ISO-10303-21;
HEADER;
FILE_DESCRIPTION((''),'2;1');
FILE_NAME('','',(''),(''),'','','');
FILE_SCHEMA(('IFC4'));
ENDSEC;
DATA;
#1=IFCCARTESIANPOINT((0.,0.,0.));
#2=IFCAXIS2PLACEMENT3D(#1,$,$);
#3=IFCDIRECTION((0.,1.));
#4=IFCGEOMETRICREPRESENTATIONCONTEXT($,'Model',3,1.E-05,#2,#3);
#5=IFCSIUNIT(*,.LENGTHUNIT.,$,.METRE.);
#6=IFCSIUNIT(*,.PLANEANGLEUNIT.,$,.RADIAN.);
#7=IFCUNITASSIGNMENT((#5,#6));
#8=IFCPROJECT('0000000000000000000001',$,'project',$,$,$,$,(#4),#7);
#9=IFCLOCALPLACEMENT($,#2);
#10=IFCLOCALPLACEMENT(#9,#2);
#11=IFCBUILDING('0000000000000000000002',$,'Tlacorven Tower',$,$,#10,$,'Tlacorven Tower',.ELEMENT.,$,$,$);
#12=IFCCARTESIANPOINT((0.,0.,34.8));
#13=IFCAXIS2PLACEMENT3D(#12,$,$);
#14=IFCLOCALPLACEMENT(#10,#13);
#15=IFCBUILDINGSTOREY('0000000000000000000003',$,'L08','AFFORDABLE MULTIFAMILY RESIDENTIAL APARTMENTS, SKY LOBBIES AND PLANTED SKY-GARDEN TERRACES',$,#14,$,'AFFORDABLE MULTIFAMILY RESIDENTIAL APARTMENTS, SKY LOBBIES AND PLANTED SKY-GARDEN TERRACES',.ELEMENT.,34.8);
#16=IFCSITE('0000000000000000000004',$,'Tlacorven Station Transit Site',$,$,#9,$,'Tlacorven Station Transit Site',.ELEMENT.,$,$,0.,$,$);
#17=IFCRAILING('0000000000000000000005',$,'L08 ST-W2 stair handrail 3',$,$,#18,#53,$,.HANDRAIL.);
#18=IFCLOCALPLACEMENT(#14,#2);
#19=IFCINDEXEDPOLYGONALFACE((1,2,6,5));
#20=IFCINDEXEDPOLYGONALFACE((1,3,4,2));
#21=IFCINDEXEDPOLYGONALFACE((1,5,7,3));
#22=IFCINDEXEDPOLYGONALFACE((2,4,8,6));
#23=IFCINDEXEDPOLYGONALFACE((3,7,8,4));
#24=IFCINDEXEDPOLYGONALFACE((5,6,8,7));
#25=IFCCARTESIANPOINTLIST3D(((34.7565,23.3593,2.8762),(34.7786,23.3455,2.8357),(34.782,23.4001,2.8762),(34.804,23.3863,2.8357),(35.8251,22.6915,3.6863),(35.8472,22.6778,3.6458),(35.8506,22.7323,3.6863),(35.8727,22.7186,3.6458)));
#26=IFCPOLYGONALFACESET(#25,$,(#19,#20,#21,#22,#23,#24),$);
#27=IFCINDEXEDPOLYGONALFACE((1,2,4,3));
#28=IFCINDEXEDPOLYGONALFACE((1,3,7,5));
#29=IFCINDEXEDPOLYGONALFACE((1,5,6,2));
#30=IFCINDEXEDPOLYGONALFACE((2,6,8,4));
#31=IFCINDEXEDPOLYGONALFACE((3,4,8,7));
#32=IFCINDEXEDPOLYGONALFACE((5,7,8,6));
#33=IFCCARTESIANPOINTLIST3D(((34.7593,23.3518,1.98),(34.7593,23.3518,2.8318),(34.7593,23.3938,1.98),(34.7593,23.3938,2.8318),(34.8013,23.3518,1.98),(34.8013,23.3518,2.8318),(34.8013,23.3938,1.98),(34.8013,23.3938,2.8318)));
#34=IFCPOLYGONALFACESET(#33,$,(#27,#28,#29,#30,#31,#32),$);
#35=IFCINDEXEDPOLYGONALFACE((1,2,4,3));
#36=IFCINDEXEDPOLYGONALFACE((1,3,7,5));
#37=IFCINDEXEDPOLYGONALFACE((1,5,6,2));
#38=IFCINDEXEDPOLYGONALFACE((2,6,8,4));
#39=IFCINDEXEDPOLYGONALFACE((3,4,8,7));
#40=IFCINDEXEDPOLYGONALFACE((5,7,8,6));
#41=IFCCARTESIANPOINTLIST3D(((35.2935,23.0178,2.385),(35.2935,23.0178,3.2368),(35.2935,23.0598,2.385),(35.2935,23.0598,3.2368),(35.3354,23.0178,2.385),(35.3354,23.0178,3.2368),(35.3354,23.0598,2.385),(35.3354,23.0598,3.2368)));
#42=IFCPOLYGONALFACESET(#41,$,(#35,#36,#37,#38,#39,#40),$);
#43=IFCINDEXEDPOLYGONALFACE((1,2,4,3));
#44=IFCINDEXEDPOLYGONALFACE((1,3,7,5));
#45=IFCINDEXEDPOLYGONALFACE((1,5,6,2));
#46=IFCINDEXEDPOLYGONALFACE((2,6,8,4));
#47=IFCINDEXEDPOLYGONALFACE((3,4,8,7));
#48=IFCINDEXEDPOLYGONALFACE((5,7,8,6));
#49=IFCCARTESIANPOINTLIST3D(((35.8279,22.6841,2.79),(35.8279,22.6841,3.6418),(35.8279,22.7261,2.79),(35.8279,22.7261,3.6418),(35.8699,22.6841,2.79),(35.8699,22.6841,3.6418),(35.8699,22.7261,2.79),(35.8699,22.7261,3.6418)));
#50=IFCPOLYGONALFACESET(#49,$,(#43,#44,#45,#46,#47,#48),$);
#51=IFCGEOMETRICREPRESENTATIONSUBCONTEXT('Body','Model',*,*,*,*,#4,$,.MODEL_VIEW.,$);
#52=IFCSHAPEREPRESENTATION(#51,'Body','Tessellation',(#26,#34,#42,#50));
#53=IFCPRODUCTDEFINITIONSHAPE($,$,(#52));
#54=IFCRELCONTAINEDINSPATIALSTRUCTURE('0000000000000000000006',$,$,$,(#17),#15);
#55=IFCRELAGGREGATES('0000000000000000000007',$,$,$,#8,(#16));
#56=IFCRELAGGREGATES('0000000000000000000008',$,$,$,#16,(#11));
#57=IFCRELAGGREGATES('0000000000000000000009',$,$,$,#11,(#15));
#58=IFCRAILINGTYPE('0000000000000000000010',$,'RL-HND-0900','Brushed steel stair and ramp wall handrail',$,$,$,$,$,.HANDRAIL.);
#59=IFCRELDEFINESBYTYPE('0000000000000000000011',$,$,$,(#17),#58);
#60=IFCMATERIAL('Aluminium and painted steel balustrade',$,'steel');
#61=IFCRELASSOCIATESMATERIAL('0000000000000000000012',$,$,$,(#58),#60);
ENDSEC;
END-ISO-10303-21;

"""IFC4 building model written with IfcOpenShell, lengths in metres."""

from ifc_helpers import new_model, si_unit, direction, frame, origin, origin_2d, place, context, subcontext, project, spatial, rectangle, extrude, source, transform, mapped, material, type_object, element, save


model = new_model("IFC4")

# Units and contexts
model_context = context("Model", 3, precision=1e-05, world=origin(), true_north=direction((0.0, 1.0)))
body_context = subcontext(model_context, "Body", "Model", "MODEL_VIEW")
ifc_project = project(units=[si_unit("LENGTHUNIT", "METRE"), si_unit("PLANEANGLEUNIT", "RADIAN")], contexts=[model_context])

# Site, building, storey
site_placement = place(None, origin())
site = spatial("IfcSite", under=ifc_project, at=site_placement, Name="Tlacorven Station Transit Site", LongName="Tlacorven Station Transit Site", CompositionType="ELEMENT", RefElevation=0.0)
building_placement = place(site_placement, origin())
building = spatial("IfcBuilding", under=site, at=building_placement, Name="Tlacorven Tower", LongName="Tlacorven Tower", CompositionType="ELEMENT")
storey_placement = place(building_placement, frame((0.0, 0.0, 34.8)))
storey = spatial("IfcBuildingStorey", under=building, at=storey_placement, Name="L08", Description="AFFORDABLE MULTIFAMILY RESIDENTIAL APARTMENTS, SKY LOBBIES AND PLANTED SKY-GARDEN TERRACES", LongName="AFFORDABLE MULTIFAMILY RESIDENTIAL APARTMENTS, SKY LOBBIES AND PLANTED SKY-GARDEN TERRACES", CompositionType="ELEMENT", Elevation=34.8)

# Railing
ifc_material_1 = material(Name="Aluminium and painted steel balustrade", Category="steel")
railing_type_1 = type_object("IfcRailingType", Name="RL-HND-0900", Description="Brushed steel stair and ramp wall handrail", PredefinedType="HANDRAIL", material=ifc_material_1)
shared_shape_1 = source(origin(), body_context, "Body", "SweptSolid", [
    extrude(rectangle(XDim=0.0481, YDim=0.0481, at=origin_2d()), frame((0.0, 0.0, 0.876), z_axis=(0.71336, -0.445748, 0.540765), x_axis=(0.529912, 0.848053, 0.0)), (0.0, 0.0, 1.0), 1.498),
    extrude(rectangle(XDim=0.042, YDim=0.042, at=origin_2d()), origin(), (0.0, 0.0, 1.0), 0.8518),
    extrude(rectangle(XDim=0.042, YDim=0.042, at=origin_2d()), frame((0.5342, -0.334, 0.405)), (0.0, 0.0, 1.0), 0.8518),
    extrude(rectangle(XDim=0.042, YDim=0.042, at=origin_2d()), frame((1.0686, -0.6677, 0.8101)), (0.0, 0.0, 1.0), 0.8518),
])
railing_1_placement = place(storey_placement, frame((34.7803, 23.3728, 1.98)))
element("IfcRailing", 1, at=railing_1_placement, inside=storey, type_object=railing_type_1, Name="L08 ST-W2 stair handrail 3", PredefinedType="HANDRAIL", context=body_context, shape_type="MappedRepresentation", body=[
    mapped(shared_shape_1, transform((0.0, 0.0, 0.0), scale=1.0)),
])

save(model, "model.ifc")
